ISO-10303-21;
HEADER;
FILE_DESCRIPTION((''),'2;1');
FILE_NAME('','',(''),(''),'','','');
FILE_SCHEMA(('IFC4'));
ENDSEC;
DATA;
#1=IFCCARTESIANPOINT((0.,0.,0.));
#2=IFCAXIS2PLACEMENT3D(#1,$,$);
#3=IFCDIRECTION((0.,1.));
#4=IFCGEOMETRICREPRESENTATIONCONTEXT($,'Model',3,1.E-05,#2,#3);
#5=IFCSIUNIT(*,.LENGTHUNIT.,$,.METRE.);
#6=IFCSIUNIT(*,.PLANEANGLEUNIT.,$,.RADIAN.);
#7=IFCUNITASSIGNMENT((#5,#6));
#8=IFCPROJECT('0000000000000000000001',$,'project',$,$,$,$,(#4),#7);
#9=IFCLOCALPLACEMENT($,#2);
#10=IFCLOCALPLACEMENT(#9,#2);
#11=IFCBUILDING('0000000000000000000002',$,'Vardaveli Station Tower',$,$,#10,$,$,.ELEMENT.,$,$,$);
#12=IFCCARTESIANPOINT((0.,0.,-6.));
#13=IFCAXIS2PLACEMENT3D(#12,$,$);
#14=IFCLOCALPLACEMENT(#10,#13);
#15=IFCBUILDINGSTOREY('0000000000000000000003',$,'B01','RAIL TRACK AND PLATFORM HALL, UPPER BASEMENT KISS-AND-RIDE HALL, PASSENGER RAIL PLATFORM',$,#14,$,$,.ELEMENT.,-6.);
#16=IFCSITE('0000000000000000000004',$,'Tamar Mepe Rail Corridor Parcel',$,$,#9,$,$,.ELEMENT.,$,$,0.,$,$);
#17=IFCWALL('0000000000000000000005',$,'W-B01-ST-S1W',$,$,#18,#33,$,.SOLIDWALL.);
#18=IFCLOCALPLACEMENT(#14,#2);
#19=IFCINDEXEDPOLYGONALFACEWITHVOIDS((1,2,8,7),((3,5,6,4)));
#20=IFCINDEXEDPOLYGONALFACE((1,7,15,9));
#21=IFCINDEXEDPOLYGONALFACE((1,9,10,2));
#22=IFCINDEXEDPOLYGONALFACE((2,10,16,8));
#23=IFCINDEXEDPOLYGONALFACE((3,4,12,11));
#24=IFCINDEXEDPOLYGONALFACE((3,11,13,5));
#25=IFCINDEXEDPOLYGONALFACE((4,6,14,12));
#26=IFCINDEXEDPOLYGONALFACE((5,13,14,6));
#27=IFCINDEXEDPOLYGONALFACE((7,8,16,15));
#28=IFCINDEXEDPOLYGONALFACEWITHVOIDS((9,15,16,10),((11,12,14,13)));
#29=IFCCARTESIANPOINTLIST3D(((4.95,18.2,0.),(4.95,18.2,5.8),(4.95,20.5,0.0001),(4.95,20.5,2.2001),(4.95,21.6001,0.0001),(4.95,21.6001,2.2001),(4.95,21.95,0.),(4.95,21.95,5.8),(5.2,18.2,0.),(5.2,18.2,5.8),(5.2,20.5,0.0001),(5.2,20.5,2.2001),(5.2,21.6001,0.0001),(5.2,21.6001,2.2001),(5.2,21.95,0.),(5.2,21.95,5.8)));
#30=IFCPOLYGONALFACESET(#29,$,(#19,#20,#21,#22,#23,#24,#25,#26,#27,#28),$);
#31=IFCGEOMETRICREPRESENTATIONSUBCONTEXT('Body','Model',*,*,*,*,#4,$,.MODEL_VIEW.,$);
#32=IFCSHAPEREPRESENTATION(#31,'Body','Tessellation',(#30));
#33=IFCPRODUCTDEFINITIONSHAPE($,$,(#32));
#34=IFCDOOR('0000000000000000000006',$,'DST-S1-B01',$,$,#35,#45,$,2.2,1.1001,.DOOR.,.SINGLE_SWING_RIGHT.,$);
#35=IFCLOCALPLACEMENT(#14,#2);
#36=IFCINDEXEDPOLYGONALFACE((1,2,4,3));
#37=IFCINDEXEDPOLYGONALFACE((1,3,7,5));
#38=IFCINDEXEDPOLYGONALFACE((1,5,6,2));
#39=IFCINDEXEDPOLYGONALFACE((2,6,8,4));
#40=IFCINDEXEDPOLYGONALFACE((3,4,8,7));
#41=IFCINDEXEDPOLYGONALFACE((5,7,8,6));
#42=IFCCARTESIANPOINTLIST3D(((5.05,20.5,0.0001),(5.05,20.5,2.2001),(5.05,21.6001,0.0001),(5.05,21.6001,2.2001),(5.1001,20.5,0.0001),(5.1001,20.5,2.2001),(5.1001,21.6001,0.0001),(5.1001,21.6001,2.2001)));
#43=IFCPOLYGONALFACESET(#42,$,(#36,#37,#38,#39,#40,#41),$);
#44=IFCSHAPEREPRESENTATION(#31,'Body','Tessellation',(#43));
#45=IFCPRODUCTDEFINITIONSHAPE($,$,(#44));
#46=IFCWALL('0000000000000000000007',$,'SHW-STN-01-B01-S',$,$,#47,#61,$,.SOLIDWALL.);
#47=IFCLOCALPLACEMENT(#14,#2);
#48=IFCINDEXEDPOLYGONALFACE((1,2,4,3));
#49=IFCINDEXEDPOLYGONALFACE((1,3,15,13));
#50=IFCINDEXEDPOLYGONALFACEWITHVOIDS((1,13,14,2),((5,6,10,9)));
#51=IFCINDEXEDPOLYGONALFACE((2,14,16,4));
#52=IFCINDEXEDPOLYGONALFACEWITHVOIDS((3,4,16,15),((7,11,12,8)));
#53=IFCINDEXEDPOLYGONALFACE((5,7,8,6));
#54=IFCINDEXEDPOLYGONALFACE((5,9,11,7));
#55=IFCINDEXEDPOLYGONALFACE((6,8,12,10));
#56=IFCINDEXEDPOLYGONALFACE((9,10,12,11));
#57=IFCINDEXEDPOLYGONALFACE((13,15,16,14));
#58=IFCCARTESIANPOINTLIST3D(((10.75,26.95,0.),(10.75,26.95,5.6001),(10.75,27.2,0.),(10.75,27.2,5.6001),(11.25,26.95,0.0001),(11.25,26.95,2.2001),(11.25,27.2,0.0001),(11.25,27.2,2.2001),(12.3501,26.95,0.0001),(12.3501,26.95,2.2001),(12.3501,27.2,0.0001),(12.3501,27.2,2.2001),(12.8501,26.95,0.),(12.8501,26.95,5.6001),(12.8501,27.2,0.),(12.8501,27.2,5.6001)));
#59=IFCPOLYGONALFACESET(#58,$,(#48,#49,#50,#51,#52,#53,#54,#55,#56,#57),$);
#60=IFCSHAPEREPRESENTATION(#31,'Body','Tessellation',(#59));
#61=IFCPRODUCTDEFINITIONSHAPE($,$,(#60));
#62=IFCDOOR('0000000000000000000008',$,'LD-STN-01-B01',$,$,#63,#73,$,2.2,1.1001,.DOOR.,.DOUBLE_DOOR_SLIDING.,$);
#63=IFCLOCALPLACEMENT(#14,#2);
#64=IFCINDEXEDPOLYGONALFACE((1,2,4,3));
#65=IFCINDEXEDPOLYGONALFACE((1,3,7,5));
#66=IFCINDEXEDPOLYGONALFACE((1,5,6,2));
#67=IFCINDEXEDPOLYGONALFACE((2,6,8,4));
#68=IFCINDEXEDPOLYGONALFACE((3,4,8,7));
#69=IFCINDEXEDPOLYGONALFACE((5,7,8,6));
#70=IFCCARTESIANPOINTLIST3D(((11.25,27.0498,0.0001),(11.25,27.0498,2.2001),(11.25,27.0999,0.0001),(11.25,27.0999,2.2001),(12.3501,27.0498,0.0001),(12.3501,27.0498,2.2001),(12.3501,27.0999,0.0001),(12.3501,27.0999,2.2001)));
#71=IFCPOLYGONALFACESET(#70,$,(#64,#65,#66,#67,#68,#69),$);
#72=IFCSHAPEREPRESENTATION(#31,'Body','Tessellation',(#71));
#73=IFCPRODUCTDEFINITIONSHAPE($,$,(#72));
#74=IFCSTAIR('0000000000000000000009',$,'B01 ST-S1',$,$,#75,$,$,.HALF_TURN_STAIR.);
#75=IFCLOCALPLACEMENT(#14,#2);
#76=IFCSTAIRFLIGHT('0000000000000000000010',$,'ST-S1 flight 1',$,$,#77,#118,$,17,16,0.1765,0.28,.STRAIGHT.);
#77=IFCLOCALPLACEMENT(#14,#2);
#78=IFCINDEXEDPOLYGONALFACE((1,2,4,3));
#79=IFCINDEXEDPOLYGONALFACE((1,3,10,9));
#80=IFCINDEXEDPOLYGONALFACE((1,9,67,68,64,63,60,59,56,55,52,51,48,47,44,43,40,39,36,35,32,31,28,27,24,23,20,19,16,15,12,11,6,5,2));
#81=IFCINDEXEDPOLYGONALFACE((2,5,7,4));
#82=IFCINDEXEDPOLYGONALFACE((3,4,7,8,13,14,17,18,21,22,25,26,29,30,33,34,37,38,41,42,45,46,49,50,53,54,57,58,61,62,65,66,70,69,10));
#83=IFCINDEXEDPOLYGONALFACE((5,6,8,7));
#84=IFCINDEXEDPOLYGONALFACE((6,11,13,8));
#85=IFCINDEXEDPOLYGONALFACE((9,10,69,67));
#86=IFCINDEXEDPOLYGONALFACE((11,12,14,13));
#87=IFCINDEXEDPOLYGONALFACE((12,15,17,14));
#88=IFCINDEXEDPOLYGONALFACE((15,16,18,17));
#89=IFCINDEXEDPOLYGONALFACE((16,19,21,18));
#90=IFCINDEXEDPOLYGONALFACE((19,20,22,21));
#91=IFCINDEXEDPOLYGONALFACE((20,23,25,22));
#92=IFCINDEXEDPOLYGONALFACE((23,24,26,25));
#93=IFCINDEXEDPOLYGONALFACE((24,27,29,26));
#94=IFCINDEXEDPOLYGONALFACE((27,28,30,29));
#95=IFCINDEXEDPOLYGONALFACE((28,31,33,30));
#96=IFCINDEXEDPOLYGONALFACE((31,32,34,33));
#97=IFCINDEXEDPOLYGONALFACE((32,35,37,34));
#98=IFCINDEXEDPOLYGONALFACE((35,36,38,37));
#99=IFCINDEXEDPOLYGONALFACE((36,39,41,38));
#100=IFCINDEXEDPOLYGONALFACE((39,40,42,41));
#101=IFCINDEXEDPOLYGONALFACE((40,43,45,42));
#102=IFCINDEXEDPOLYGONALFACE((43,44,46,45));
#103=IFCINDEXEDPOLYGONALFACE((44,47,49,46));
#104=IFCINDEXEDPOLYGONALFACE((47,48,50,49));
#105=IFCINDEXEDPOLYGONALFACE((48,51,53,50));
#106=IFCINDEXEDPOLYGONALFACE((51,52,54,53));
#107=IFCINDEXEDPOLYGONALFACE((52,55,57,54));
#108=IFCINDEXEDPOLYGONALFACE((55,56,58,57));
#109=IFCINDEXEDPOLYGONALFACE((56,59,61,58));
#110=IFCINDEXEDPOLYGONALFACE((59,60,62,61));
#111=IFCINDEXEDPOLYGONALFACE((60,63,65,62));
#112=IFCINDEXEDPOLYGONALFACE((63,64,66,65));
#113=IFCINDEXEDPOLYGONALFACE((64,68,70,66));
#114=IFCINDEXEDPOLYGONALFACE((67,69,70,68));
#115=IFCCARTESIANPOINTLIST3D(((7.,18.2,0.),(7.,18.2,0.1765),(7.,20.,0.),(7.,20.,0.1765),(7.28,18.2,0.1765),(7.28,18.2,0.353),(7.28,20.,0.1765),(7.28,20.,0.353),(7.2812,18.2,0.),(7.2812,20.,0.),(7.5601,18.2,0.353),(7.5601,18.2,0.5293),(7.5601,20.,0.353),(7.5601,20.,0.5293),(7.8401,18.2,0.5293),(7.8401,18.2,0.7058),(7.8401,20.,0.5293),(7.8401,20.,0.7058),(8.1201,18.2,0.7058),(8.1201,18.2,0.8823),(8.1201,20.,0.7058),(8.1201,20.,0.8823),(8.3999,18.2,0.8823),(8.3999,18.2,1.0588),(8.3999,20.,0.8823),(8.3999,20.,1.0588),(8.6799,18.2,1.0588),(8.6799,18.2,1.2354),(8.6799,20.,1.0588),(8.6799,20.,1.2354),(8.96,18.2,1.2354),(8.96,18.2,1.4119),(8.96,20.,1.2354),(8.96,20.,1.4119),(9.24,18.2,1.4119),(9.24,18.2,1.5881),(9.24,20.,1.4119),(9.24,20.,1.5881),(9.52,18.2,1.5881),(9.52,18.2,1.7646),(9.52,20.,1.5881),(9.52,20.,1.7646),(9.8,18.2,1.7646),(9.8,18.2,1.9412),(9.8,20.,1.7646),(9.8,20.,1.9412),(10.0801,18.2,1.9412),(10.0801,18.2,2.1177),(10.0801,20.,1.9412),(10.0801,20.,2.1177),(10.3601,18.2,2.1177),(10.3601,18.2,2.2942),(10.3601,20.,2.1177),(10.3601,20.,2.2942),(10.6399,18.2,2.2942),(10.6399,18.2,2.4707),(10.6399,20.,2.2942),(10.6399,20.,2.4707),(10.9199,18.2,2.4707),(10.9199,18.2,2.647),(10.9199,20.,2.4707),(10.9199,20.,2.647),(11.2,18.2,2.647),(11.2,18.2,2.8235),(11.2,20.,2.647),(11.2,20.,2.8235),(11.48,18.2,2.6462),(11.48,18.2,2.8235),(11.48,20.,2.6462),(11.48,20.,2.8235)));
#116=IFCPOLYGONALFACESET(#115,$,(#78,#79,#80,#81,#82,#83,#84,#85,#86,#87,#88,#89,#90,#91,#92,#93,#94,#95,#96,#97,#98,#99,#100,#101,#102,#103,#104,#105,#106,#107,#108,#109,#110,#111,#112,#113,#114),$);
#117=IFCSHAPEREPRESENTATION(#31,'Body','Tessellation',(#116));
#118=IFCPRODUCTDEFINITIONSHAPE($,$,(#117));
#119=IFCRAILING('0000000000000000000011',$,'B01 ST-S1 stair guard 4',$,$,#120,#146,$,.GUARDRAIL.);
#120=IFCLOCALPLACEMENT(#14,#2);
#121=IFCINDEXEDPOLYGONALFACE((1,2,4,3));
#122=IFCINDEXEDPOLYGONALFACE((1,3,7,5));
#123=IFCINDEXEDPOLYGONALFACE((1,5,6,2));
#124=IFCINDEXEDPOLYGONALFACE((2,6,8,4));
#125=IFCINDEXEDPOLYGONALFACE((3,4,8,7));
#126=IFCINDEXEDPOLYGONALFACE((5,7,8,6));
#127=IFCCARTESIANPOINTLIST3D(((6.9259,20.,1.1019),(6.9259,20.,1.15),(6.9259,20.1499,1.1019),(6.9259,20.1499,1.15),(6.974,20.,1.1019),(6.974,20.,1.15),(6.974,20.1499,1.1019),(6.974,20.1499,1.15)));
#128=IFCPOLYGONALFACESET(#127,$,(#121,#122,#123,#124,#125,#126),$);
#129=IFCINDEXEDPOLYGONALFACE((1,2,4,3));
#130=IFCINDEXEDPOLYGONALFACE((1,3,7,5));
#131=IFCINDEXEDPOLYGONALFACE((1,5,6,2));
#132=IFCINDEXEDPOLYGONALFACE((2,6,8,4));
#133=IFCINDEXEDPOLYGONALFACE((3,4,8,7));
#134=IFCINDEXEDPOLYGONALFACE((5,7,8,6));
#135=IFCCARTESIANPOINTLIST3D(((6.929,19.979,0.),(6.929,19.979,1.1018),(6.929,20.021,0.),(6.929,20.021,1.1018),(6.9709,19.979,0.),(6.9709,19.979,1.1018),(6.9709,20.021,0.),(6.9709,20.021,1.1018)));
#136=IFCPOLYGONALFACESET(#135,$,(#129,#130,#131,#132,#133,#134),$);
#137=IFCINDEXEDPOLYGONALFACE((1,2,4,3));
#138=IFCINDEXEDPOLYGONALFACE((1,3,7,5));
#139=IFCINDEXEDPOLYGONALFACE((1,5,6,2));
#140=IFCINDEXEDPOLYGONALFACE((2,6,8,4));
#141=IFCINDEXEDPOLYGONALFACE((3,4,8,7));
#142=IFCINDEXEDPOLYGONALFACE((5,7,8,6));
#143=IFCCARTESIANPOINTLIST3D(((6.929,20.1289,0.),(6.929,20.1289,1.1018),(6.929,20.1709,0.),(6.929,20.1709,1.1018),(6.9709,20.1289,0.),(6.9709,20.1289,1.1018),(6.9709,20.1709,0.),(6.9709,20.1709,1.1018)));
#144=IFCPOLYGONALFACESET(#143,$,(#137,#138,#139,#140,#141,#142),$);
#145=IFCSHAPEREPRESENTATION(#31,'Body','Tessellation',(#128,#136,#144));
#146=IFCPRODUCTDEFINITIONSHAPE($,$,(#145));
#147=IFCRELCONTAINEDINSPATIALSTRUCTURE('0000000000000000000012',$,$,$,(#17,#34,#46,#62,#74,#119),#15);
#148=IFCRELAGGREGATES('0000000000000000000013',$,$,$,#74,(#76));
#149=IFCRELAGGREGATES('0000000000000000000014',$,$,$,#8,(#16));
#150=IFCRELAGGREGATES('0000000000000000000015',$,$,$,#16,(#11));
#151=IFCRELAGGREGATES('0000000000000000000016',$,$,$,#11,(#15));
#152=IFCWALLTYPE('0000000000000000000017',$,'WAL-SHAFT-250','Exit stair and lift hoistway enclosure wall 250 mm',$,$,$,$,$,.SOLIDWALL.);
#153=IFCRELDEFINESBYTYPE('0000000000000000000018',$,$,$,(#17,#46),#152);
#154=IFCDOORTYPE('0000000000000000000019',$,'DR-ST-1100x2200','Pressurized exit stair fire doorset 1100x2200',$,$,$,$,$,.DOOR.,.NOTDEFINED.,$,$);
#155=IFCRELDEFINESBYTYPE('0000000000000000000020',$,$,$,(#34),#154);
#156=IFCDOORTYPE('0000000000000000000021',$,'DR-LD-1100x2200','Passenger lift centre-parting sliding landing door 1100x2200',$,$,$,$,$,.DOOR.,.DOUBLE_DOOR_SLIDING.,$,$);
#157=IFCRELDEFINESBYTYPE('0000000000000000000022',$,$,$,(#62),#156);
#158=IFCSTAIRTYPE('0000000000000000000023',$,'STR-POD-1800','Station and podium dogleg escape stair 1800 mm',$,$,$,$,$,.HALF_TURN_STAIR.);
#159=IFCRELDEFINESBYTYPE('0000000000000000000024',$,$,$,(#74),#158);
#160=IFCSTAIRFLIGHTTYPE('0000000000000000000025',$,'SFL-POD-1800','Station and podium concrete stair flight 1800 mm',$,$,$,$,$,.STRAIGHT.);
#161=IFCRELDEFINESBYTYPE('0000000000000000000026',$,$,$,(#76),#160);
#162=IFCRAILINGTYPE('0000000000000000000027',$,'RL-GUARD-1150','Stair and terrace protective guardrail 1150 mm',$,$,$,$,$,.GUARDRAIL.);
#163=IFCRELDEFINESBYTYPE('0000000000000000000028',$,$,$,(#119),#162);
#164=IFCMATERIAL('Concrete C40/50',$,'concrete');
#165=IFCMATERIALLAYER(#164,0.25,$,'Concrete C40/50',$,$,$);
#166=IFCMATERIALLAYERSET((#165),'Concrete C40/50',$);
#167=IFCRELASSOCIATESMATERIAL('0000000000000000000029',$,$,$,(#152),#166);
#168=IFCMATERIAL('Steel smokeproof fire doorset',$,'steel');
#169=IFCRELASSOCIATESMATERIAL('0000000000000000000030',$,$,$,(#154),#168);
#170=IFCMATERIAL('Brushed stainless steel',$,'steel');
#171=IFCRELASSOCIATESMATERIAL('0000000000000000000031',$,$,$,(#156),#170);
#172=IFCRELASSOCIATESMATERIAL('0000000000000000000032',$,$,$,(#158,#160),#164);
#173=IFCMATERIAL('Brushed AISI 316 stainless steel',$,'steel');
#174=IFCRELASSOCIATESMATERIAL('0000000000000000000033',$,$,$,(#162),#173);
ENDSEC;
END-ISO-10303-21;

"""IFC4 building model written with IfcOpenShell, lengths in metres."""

from ifc_helpers import new_model, si_unit, direction, frame, frame_2d, origin, origin_2d, place, context, subcontext, project, spatial, polyline, rectangle, outline, extrude, source, transform, mapped, material, layer, layer_set, type_object, element, fill, aggregate, save


model = new_model("IFC4")

# Units and contexts
model_context = context("Model", 3, precision=1e-05, world=origin(), true_north=direction((0.0, 1.0)))
body_context = subcontext(model_context, "Body", "Model", "MODEL_VIEW")
ifc_project = project(units=[si_unit("LENGTHUNIT", "METRE"), si_unit("PLANEANGLEUNIT", "RADIAN")], contexts=[model_context])

# Site, building, storey
site_placement = place(None, origin())
site = spatial("IfcSite", under=ifc_project, at=site_placement, Name="Tamar Mepe Rail Corridor Parcel", CompositionType="ELEMENT", RefElevation=0.0)
building_placement = place(site_placement, origin())
building = spatial("IfcBuilding", under=site, at=building_placement, Name="Vardaveli Station Tower", CompositionType="ELEMENT")
storey_placement = place(building_placement, frame((0.0, 0.0, -6.0)))
storey = spatial("IfcBuildingStorey", under=building, at=storey_placement, Name="B01", Description="RAIL TRACK AND PLATFORM HALL, UPPER BASEMENT KISS-AND-RIDE HALL, PASSENGER RAIL PLATFORM", CompositionType="ELEMENT", Elevation=-6.0)

# Shared definitions
ifc_material_1 = material(Name="Concrete C40/50", Category="concrete")

# Shared definitions
ifc_layer_1 = layer(ifc_material_1, 0.25, Name="Concrete C40/50")
ifc_layer_set_1 = layer_set([ifc_layer_1], Name="Concrete C40/50")
wall_type_1 = type_object("IfcWallType", Name="WAL-SHAFT-250", Description="Exit stair and lift hoistway enclosure wall 250 mm", PredefinedType="SOLIDWALL", material=ifc_layer_set_1)

# Walls, openings, doors
shared_shape_1 = source(origin(), body_context, "Body", "SweptSolid", [
    extrude(rectangle(XDim=3.75, YDim=0.25, at=frame_2d((1.875, 0.0))), origin(), (0.0, 0.0, 1.0), 5.8),
])
wall_1_placement = place(storey_placement, frame((5.075, 18.2, 0.0), z_axis=(0.0, 0.0, 1.0), x_axis=(0.0, 1.0, 0.0)))
wall_1 = element("IfcWall", 1, at=wall_1_placement, inside=storey, type_object=wall_type_1, Name="W-B01-ST-S1W", PredefinedType="SOLIDWALL", context=body_context, shape_type="MappedRepresentation", body=[
    mapped(shared_shape_1, transform((0.0, 0.0, 0.0), scale=1.0)),
])
shared_shape_2 = source(origin(), body_context, "Body", "SweptSolid", [
    extrude(rectangle(XDim=1.1001, YDim=2.2, at=frame_2d((0.55, 1.1001))), frame((0.0, 0.135, 0.0), z_axis=(0.0, -1.0, 0.0), x_axis=(1.0, 0.0, 0.0)), (0.0, 0.0, 1.0), 0.27),
])
opening_1_placement = place(wall_1_placement, frame((2.3, 0.0, 0.0)))
opening_1 = element("IfcOpeningElement", 2, at=opening_1_placement, cuts=wall_1, PredefinedType="OPENING", context=body_context, shape_type="MappedRepresentation", body=[
    mapped(shared_shape_2, transform((0.0, 0.0, 0.0), scale=1.0)),
])
ifc_material_2 = material(Name="Steel smokeproof fire doorset", Category="steel")
door_type_1 = type_object("IfcDoorType", Name="DR-ST-1100x2200", Description="Pressurized exit stair fire doorset 1100x2200", OperationType="NOTDEFINED", PredefinedType="DOOR", material=ifc_material_2)
shared_shape_3 = source(origin(), body_context, "Body", "SweptSolid", [
    extrude(rectangle(XDim=1.1001, YDim=2.2, at=frame_2d((0.55, 1.1001))), frame((0.0, 0.0249, 0.0), z_axis=(0.0, -1.0, 0.0), x_axis=(1.0, 0.0, 0.0)), (0.0, 0.0, 1.0), 0.05),
])
door_1_placement = place(opening_1_placement, origin())
door_1 = element("IfcDoor", 3, at=door_1_placement, inside=storey, type_object=door_type_1, Name="DST-S1-B01", OperationType="SINGLE_SWING_RIGHT", OverallHeight=2.2, OverallWidth=1.1001, PredefinedType="DOOR", context=body_context, shape_type="MappedRepresentation", body=[
    mapped(shared_shape_3, transform((0.0, 0.0, 0.0), scale=1.0)),
])
fill(opening_1, door_1)
shared_shape_4 = source(origin(), body_context, "Body", "SweptSolid", [
    extrude(rectangle(XDim=2.1001, YDim=0.25, at=frame_2d((1.05, 0.0))), origin(), (0.0, 0.0, 1.0), 5.6001),
])
wall_2_placement = place(storey_placement, frame((10.75, 27.075, 0.0), z_axis=(0.0, 0.0, 1.0), x_axis=(1.0, 0.0, 0.0)))
wall_2 = element("IfcWall", 4, at=wall_2_placement, inside=storey, type_object=wall_type_1, Name="SHW-STN-01-B01-S", PredefinedType="SOLIDWALL", context=body_context, shape_type="MappedRepresentation", body=[
    mapped(shared_shape_4, transform((0.0, 0.0, 0.0), scale=1.0)),
])
opening_2_placement = place(wall_2_placement, frame((0.5, 0.0, 0.0)))
opening_2 = element("IfcOpeningElement", 5, at=opening_2_placement, cuts=wall_2, PredefinedType="OPENING", context=body_context, shape_type="MappedRepresentation", body=[
    mapped(shared_shape_2, transform((0.0, 0.0, 0.0), scale=1.0)),
])
ifc_material_3 = material(Name="Brushed stainless steel", Category="steel")
door_type_2 = type_object("IfcDoorType", Name="DR-LD-1100x2200", Description="Passenger lift centre-parting sliding landing door 1100x2200", OperationType="DOUBLE_DOOR_SLIDING", PredefinedType="DOOR", material=ifc_material_3)
door_2_placement = place(opening_2_placement, origin())
door_2 = element("IfcDoor", 6, at=door_2_placement, inside=storey, type_object=door_type_2, Name="LD-STN-01-B01", OperationType="DOUBLE_DOOR_SLIDING", OverallHeight=2.2, OverallWidth=1.1001, PredefinedType="DOOR", context=body_context, shape_type="MappedRepresentation", body=[
    mapped(shared_shape_3, transform((0.0, 0.0, 0.0), scale=1.0)),
])
fill(opening_2, door_2)

# Stair, stair flight
stair_type_1 = type_object("IfcStairType", Name="STR-POD-1800", Description="Station and podium dogleg escape stair 1800 mm", PredefinedType="HALF_TURN_STAIR", material=ifc_material_1)
stair_1_placement = place(storey_placement, origin())
stair_1 = element("IfcStair", 7, at=stair_1_placement, inside=storey, type_object=stair_type_1, Name="B01 ST-S1", PredefinedType="HALF_TURN_STAIR")
stair_flight_type = type_object("IfcStairFlightType", Name="SFL-POD-1800", Description="Station and podium concrete stair flight 1800 mm", PredefinedType="STRAIGHT", material=ifc_material_1)
shared_shape_5 = source(origin(), body_context, "Body", "SweptSolid", [
    extrude(outline(polyline([(0.0, 0.0), (0.0, 0.1765), (0.28, 0.1765), (0.28, 0.353), (0.5601, 0.353), (0.5601, 0.5293), (0.8401, 0.5293), (0.8401, 0.7058), (1.1201, 0.7058), (1.1201, 0.8823), (1.3999, 0.8823), (1.3999, 1.0588), (1.6799, 1.0588), (1.6799, 1.2354), (1.96, 1.2354), (1.96, 1.4119), (2.24, 1.4119), (2.24, 1.5881), (2.52, 1.5881), (2.52, 1.7646), (2.8, 1.7646), (2.8, 1.9412), (3.0801, 1.9412), (3.0801, 2.1177), (3.3601, 2.1177), (3.3601, 2.2942), (3.6399, 2.2942), (3.6399, 2.4707), (3.9199, 2.4707), (3.9199, 2.647), (4.2, 2.647), (4.2, 2.8235), (4.48, 2.8235), (4.48, 3.0), (4.48, 2.6462), (0.2812, 0.0), (0.0, 0.0)])), frame((0.0, 0.8999, 0.0), z_axis=(0.0, -1.0, 0.0), x_axis=(1.0, 0.0, 0.0)), (0.0, 0.0, 1.0), 1.8),
])
stair_flight_placement = place(storey_placement, frame((7.0, 19.1001, 0.0), z_axis=(0.0, 0.0, 1.0), x_axis=(1.0, 0.0, 0.0)))
stair_flight = element("IfcStairFlight", 8, at=stair_flight_placement, type_object=stair_flight_type, Name="ST-S1 flight 1", NumberOfRisers=17, NumberOfTreads=16, PredefinedType="STRAIGHT", RiserHeight=0.1765, TreadLength=0.28, context=body_context, shape_type="MappedRepresentation", body=[
    mapped(shared_shape_5, transform((0.0, 0.0, 0.0), scale=1.0)),
])
aggregate(stair_1, [stair_flight])

# Railing
ifc_material_4 = material(Name="Brushed AISI 316 stainless steel", Category="steel")
railing_type_1 = type_object("IfcRailingType", Name="RL-GUARD-1150", Description="Stair and terrace protective guardrail 1150 mm", PredefinedType="GUARDRAIL", material=ifc_material_4)
shared_shape_6 = source(origin(), body_context, "Body", "SweptSolid", [
    extrude(rectangle(XDim=0.0481, YDim=0.0481, at=origin_2d()), frame((0.0, 0.0, 1.126), z_axis=(0.0, 1.0, 0.0), x_axis=(-1.0, 0.0, 0.0)), (0.0, 0.0, 1.0), 0.1499),
    extrude(rectangle(XDim=0.042, YDim=0.042, at=origin_2d()), origin(), (0.0, 0.0, 1.0), 1.1018),
    extrude(rectangle(XDim=0.042, YDim=0.042, at=origin_2d()), frame((0.0, 0.1499, 0.0)), (0.0, 0.0, 1.0), 1.1018),
])
railing_1_placement = place(storey_placement, frame((6.95, 20.0, 0.0)))
element("IfcRailing", 9, at=railing_1_placement, inside=storey, type_object=railing_type_1, Name="B01 ST-S1 stair guard 4", PredefinedType="GUARDRAIL", context=body_context, shape_type="MappedRepresentation", body=[
    mapped(shared_shape_6, transform((0.0, 0.0, 0.0), scale=1.0)),
])

save(model, "model.ifc")
